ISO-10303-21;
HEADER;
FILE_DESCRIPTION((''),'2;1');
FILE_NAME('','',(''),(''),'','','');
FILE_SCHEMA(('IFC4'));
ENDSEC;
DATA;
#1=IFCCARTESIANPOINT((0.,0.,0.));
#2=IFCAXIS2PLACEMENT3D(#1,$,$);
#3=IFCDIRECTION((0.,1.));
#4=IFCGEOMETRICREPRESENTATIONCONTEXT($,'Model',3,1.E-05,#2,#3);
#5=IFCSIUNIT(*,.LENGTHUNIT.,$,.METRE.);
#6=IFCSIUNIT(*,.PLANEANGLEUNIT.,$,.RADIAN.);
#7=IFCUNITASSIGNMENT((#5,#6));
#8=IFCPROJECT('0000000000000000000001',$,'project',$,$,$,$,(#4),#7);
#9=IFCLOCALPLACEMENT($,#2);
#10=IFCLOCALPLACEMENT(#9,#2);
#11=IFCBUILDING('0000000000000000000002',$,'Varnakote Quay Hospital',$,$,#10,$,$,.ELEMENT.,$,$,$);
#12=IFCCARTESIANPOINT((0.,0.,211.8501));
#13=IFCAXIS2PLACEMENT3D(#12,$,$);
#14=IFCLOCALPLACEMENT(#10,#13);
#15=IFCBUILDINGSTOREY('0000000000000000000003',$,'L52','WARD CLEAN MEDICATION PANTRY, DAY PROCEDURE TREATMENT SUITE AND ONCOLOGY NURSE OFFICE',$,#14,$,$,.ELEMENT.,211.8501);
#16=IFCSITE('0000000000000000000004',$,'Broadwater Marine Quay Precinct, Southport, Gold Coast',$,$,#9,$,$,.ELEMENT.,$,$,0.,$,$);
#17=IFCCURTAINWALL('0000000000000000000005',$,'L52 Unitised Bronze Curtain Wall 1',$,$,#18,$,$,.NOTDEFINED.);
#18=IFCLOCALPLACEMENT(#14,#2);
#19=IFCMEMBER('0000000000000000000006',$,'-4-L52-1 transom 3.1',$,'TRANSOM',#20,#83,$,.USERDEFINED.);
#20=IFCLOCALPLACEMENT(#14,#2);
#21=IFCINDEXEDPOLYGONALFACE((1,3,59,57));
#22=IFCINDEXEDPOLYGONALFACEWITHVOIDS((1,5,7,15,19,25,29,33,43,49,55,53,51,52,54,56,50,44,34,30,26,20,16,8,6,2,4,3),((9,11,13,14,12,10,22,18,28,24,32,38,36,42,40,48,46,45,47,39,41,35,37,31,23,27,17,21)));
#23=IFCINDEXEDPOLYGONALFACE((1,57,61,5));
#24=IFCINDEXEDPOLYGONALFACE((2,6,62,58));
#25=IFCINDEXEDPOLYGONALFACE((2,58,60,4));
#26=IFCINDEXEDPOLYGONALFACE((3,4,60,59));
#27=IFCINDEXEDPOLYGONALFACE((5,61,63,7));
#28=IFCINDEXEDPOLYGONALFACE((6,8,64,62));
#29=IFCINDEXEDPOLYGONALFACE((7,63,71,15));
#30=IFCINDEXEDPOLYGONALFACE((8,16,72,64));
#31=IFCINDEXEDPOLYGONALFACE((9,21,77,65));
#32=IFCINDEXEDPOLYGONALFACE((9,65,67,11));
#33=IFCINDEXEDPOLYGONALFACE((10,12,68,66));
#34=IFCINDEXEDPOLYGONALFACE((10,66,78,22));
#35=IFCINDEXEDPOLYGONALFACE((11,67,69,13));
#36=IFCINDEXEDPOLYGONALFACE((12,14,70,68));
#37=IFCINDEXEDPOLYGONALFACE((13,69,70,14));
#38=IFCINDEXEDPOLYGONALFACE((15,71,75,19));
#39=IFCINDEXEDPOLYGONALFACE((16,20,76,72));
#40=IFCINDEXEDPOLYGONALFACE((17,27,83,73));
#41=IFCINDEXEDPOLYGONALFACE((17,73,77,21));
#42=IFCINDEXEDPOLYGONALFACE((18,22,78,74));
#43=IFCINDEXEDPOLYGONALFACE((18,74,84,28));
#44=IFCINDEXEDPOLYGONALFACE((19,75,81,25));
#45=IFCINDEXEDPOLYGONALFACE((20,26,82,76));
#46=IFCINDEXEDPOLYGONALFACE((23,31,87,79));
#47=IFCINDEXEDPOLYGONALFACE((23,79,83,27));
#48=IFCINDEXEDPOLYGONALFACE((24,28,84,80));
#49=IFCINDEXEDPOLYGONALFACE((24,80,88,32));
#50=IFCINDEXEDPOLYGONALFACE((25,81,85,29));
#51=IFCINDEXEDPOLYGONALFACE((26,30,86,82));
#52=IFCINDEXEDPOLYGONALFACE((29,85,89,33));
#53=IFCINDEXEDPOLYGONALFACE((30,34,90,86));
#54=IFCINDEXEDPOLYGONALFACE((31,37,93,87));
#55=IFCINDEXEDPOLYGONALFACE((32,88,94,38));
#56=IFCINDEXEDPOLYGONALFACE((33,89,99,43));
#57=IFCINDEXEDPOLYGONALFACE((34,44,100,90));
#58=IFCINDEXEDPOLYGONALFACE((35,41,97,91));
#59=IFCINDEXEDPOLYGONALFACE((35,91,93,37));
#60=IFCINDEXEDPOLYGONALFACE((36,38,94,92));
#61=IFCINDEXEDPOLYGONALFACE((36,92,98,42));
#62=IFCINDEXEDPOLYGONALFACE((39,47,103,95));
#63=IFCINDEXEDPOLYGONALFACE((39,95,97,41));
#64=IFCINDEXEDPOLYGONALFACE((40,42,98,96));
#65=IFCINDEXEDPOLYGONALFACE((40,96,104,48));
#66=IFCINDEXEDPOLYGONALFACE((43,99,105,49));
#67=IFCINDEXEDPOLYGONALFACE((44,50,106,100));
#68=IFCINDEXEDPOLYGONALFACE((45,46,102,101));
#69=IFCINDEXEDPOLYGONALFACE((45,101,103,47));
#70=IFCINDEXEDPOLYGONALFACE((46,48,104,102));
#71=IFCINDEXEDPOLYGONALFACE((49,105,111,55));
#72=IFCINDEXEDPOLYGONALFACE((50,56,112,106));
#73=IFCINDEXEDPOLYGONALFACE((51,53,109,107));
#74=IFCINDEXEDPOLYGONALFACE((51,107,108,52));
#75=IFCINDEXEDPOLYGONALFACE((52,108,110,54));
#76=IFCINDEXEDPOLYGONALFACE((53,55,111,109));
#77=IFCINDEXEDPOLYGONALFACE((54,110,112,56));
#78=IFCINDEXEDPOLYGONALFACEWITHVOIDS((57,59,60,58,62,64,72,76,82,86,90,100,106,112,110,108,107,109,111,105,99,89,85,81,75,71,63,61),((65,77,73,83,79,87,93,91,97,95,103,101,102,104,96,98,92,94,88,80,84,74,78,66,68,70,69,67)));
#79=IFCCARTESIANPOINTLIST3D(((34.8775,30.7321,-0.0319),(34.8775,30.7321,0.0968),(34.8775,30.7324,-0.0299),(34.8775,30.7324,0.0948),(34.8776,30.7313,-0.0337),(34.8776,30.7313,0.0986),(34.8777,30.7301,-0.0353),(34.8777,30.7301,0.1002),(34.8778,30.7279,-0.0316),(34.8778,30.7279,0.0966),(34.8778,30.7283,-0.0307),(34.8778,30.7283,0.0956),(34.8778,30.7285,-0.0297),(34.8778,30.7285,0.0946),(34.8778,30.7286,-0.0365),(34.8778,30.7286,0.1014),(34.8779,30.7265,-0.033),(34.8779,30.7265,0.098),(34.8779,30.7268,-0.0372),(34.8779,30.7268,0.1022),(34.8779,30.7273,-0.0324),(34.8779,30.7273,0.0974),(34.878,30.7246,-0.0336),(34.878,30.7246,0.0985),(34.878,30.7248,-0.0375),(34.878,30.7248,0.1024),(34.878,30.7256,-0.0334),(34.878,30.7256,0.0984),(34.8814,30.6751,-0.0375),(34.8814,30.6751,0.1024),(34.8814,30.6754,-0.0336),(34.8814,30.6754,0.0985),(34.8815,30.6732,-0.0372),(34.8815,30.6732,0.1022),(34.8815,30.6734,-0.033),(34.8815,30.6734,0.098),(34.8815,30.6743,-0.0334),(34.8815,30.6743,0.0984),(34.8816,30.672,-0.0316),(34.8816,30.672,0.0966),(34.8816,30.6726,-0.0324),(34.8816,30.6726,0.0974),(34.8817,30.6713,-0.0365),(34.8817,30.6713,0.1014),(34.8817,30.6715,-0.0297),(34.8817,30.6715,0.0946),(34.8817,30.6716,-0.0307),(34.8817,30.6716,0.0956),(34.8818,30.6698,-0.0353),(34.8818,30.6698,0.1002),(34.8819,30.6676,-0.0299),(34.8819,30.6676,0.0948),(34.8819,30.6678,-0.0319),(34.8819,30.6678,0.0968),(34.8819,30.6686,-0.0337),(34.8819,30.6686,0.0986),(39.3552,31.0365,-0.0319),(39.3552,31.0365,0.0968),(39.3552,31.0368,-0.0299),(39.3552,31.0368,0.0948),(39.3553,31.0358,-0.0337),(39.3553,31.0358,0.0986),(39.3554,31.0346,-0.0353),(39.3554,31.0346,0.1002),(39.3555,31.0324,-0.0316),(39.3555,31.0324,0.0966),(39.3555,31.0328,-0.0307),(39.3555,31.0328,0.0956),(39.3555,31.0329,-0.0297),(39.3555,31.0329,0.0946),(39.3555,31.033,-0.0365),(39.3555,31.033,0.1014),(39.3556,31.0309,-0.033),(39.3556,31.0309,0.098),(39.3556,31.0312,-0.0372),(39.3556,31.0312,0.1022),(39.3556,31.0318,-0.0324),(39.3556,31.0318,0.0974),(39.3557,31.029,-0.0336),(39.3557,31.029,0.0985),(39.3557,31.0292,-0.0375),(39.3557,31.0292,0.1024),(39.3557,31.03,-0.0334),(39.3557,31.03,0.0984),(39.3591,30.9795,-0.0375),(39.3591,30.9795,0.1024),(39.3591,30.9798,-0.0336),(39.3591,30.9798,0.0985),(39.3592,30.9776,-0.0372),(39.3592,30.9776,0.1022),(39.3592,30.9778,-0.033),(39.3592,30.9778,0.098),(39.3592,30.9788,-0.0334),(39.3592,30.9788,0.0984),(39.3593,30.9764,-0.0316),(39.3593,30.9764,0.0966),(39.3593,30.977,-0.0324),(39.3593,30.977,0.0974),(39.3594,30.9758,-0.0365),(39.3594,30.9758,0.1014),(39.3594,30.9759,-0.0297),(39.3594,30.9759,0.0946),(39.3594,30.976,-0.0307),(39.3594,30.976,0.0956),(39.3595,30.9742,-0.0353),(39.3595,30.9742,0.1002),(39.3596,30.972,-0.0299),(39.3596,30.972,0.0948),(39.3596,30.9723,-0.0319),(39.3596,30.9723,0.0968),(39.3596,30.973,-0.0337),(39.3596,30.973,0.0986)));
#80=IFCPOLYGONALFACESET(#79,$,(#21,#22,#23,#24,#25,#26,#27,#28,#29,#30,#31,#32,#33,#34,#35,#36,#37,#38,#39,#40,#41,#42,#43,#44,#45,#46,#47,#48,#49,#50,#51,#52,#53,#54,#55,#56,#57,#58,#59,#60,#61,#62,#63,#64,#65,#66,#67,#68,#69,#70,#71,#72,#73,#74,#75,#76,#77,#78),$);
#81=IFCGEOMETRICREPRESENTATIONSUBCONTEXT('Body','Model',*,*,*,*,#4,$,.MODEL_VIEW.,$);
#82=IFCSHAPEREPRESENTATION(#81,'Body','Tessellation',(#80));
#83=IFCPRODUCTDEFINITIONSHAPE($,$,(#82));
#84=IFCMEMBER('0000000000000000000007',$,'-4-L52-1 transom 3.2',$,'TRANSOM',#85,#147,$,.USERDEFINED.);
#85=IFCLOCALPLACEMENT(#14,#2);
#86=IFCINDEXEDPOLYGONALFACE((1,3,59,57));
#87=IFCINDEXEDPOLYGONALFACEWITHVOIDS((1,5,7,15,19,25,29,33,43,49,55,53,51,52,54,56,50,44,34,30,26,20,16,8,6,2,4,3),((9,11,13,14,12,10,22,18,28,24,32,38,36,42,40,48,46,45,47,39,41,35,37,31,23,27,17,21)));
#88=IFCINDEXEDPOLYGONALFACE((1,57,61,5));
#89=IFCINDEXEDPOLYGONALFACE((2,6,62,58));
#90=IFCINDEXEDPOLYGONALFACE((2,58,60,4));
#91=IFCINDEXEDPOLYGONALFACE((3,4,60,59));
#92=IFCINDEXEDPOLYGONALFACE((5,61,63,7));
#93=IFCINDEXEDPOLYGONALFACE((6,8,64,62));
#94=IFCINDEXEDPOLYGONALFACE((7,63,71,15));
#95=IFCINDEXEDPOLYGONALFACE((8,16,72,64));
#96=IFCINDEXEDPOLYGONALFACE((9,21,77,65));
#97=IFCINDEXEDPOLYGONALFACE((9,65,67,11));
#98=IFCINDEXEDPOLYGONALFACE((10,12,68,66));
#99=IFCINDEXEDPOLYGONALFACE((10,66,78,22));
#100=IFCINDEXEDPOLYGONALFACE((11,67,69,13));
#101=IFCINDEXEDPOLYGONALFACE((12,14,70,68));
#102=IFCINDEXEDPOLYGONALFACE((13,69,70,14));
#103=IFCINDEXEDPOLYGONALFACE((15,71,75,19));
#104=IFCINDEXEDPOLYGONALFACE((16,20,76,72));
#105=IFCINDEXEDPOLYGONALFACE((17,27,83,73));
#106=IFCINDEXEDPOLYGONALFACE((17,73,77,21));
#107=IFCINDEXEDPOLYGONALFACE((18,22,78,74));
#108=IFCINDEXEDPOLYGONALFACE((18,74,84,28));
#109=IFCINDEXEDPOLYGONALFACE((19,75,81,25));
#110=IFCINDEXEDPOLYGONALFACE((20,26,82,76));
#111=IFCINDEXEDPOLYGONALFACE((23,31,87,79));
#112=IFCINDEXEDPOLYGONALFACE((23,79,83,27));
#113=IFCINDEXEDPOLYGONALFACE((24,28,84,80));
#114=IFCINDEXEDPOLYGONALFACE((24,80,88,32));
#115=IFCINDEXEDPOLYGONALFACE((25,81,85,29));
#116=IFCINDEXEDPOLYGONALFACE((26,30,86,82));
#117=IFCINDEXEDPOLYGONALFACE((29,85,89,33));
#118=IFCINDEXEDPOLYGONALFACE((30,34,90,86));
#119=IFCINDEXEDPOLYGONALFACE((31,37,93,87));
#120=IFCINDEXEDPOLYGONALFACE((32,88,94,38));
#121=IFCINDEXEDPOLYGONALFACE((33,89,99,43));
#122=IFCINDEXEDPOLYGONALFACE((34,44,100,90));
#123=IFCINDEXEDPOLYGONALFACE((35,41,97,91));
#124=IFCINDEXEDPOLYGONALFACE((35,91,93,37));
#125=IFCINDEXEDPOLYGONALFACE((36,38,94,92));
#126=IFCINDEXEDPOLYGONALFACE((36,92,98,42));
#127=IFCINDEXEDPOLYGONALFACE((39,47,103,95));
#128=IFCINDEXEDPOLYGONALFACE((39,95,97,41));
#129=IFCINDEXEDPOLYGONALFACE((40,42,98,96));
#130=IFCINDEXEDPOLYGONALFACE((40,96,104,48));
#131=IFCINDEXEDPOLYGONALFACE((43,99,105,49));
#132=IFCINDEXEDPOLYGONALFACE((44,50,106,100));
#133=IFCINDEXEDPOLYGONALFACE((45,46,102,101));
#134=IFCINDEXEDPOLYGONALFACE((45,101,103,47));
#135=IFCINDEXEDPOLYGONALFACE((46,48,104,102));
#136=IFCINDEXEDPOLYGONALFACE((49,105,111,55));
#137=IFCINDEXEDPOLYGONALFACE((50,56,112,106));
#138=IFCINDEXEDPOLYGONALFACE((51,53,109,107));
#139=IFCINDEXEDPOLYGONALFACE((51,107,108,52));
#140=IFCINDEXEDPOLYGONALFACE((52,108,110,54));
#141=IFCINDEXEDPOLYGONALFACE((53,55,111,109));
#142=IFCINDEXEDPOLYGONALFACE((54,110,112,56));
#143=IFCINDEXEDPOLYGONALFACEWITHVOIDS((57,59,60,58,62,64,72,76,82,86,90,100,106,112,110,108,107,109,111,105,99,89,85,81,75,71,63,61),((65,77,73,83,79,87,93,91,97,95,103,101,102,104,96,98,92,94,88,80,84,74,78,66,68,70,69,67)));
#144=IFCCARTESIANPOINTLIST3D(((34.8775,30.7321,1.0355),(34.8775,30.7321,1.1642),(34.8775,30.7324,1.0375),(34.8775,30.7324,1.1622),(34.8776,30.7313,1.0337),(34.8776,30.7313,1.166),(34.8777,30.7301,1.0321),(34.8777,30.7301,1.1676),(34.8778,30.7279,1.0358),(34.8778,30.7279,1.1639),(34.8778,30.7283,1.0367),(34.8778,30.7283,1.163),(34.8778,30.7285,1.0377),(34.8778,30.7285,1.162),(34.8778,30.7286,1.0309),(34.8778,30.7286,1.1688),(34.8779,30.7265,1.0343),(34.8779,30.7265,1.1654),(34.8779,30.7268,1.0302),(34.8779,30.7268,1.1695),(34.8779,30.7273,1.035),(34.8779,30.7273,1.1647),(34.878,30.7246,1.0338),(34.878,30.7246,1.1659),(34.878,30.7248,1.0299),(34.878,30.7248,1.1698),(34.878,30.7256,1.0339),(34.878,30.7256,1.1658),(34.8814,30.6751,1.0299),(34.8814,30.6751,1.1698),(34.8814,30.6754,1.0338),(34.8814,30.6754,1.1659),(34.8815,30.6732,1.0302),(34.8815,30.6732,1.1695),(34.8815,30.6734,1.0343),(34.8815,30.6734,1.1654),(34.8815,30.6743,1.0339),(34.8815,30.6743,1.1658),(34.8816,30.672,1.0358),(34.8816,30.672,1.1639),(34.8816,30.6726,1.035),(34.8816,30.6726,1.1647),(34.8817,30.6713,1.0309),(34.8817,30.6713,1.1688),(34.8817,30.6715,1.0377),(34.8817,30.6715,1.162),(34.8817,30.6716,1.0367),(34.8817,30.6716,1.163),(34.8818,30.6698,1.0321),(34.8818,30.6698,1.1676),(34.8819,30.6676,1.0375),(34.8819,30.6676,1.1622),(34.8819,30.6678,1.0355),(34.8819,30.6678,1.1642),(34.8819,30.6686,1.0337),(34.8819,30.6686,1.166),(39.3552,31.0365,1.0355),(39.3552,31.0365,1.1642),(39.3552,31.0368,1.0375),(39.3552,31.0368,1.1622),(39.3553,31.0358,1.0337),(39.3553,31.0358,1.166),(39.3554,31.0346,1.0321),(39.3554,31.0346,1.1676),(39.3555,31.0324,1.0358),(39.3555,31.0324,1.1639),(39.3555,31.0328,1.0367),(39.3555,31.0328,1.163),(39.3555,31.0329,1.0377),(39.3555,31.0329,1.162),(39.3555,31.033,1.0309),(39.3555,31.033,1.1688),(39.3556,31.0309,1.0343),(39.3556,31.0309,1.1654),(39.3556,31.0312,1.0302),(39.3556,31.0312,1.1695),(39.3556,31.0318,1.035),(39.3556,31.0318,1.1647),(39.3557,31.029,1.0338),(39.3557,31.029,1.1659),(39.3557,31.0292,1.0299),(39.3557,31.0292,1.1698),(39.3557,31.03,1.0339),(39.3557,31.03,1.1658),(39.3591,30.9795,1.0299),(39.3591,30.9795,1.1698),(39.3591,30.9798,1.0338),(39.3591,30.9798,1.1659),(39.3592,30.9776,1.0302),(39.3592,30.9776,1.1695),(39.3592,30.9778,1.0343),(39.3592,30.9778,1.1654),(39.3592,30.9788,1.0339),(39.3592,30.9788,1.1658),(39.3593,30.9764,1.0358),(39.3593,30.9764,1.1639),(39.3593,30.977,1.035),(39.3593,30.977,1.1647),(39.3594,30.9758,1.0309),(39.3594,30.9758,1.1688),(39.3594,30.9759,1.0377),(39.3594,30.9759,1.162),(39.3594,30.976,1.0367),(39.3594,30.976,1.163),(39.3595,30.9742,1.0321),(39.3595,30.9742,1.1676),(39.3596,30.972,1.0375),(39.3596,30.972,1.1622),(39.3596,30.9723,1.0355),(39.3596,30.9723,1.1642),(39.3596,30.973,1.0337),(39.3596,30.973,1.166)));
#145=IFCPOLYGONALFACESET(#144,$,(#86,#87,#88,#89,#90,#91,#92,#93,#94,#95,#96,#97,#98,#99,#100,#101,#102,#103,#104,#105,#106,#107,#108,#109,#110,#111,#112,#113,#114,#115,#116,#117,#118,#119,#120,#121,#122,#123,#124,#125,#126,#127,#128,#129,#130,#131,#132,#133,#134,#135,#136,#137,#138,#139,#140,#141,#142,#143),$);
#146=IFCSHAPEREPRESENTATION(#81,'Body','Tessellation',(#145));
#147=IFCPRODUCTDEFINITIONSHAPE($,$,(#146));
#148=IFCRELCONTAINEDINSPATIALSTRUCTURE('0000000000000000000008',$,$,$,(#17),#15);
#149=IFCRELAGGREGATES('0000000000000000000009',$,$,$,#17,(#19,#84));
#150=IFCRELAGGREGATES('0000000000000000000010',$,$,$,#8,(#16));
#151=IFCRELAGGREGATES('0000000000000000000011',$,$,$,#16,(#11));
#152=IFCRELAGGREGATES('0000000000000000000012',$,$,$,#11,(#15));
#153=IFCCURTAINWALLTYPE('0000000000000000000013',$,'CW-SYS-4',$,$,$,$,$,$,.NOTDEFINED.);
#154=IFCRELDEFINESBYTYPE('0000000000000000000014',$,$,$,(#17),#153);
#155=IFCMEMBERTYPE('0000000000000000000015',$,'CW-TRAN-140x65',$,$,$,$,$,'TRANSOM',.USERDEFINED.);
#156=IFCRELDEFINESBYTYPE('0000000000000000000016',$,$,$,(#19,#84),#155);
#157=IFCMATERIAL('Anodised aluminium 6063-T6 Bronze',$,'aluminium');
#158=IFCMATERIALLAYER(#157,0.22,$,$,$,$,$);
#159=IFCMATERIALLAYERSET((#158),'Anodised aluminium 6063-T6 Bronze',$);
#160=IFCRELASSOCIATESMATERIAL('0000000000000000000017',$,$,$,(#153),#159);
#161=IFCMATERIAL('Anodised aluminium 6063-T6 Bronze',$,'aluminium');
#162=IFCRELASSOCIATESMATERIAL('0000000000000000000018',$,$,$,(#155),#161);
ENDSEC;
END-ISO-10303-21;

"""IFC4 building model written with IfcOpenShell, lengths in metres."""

from ifc_helpers import new_model, si_unit, direction, frame, origin, origin_2d, place, context, subcontext, project, spatial, hollow_rectangle, extrude, material, layer, layer_set, material_profile, profile_set, type_object, element, aggregate, save


model = new_model("IFC4")

# Units and contexts
model_context = context("Model", 3, precision=1e-05, world=origin(), true_north=direction((0.0, 1.0)))
body_context = subcontext(model_context, "Body", "Model", "MODEL_VIEW")
ifc_project = project(units=[si_unit("LENGTHUNIT", "METRE"), si_unit("PLANEANGLEUNIT", "RADIAN")], contexts=[model_context])

# Site, building, storey
site_placement = place(None, origin())
site = spatial("IfcSite", under=ifc_project, at=site_placement, Name="Broadwater Marine Quay Precinct, Southport, Gold Coast", CompositionType="ELEMENT", RefElevation=0.0)
building_placement = place(site_placement, origin())
building = spatial("IfcBuilding", under=site, at=building_placement, Name="Varnakote Quay Hospital", CompositionType="ELEMENT")
storey_placement = place(building_placement, frame((0.0, 0.0, 211.8501)))
storey = spatial("IfcBuildingStorey", under=building, at=storey_placement, Name="L52", Description="WARD CLEAN MEDICATION PANTRY, DAY PROCEDURE TREATMENT SUITE AND ONCOLOGY NURSE OFFICE", CompositionType="ELEMENT", Elevation=211.8501)

# Curtain wall, members
ifc_material_1 = material(Name="Anodised aluminium 6063-T6 Bronze", Category="aluminium")
ifc_layer_1 = layer(ifc_material_1, 0.22)
ifc_layer_set_1 = layer_set([ifc_layer_1], Name="Anodised aluminium 6063-T6 Bronze")
curtain_wall_type = type_object("IfcCurtainWallType", Name="CW-SYS-4", PredefinedType="NOTDEFINED", material=ifc_layer_set_1)
curtain_wall_placement = place(storey_placement, origin())
curtain_wall = element("IfcCurtainWall", 1, at=curtain_wall_placement, inside=storey, type_object=curtain_wall_type, Name="L52 Unitised Bronze Curtain Wall 1", PredefinedType="NOTDEFINED")
ifc_material_2 = material(Name="Anodised aluminium 6063-T6 Bronze", Category="aluminium")
ifc_material_profile_1 = material_profile(ifc_material_2, hollow_rectangle(XDim=0.0649, YDim=0.1399, WallThickness=0.0039, InnerFilletRadius=0.0039, OuterFilletRadius=0.0076, at=origin_2d()), Name="CW-TRAN-140x65")
ifc_profile_set_1 = profile_set([ifc_material_profile_1], Name="Anodised aluminium 6063-T6 Bronze")
member_type_1 = type_object("IfcMemberType", Name="CW-TRAN-140x65", ElementType="TRANSOM", PredefinedType="USERDEFINED", material=ifc_profile_set_1)
member_1_placement = place(storey_placement, frame((39.3574, 31.0044, 0.0325), z_axis=(-0.997697, -0.067833, 0.0), x_axis=(0.067833, -0.997697, 0.0)))
member_1 = element("IfcMember", 2, at=member_1_placement, type_object=member_type_1, Name="-4-L52-1 transom 3.1", ObjectType="TRANSOM", PredefinedType="USERDEFINED", context=body_context, shape_type="SweptSolid", body=[
    extrude(hollow_rectangle(XDim=0.0649, YDim=0.1399, WallThickness=0.0039, InnerFilletRadius=0.0039, OuterFilletRadius=0.0076, at=origin_2d()), origin(), (0.0, 0.0, 1.0), 4.488),
])
member_2_placement = place(storey_placement, frame((39.3574, 31.0044, 1.0999), z_axis=(-0.997697, -0.067833, 0.0), x_axis=(0.067833, -0.997697, 0.0)))
member_2 = element("IfcMember", 3, at=member_2_placement, type_object=member_type_1, Name="-4-L52-1 transom 3.2", ObjectType="TRANSOM", PredefinedType="USERDEFINED", context=body_context, shape_type="SweptSolid", body=[
    extrude(hollow_rectangle(XDim=0.0649, YDim=0.1399, WallThickness=0.0039, InnerFilletRadius=0.0039, OuterFilletRadius=0.0076, at=origin_2d()), origin(), (0.0, 0.0, 1.0), 4.488),
])
aggregate(curtain_wall, [member_1, member_2])

save(model, "model.ifc")
